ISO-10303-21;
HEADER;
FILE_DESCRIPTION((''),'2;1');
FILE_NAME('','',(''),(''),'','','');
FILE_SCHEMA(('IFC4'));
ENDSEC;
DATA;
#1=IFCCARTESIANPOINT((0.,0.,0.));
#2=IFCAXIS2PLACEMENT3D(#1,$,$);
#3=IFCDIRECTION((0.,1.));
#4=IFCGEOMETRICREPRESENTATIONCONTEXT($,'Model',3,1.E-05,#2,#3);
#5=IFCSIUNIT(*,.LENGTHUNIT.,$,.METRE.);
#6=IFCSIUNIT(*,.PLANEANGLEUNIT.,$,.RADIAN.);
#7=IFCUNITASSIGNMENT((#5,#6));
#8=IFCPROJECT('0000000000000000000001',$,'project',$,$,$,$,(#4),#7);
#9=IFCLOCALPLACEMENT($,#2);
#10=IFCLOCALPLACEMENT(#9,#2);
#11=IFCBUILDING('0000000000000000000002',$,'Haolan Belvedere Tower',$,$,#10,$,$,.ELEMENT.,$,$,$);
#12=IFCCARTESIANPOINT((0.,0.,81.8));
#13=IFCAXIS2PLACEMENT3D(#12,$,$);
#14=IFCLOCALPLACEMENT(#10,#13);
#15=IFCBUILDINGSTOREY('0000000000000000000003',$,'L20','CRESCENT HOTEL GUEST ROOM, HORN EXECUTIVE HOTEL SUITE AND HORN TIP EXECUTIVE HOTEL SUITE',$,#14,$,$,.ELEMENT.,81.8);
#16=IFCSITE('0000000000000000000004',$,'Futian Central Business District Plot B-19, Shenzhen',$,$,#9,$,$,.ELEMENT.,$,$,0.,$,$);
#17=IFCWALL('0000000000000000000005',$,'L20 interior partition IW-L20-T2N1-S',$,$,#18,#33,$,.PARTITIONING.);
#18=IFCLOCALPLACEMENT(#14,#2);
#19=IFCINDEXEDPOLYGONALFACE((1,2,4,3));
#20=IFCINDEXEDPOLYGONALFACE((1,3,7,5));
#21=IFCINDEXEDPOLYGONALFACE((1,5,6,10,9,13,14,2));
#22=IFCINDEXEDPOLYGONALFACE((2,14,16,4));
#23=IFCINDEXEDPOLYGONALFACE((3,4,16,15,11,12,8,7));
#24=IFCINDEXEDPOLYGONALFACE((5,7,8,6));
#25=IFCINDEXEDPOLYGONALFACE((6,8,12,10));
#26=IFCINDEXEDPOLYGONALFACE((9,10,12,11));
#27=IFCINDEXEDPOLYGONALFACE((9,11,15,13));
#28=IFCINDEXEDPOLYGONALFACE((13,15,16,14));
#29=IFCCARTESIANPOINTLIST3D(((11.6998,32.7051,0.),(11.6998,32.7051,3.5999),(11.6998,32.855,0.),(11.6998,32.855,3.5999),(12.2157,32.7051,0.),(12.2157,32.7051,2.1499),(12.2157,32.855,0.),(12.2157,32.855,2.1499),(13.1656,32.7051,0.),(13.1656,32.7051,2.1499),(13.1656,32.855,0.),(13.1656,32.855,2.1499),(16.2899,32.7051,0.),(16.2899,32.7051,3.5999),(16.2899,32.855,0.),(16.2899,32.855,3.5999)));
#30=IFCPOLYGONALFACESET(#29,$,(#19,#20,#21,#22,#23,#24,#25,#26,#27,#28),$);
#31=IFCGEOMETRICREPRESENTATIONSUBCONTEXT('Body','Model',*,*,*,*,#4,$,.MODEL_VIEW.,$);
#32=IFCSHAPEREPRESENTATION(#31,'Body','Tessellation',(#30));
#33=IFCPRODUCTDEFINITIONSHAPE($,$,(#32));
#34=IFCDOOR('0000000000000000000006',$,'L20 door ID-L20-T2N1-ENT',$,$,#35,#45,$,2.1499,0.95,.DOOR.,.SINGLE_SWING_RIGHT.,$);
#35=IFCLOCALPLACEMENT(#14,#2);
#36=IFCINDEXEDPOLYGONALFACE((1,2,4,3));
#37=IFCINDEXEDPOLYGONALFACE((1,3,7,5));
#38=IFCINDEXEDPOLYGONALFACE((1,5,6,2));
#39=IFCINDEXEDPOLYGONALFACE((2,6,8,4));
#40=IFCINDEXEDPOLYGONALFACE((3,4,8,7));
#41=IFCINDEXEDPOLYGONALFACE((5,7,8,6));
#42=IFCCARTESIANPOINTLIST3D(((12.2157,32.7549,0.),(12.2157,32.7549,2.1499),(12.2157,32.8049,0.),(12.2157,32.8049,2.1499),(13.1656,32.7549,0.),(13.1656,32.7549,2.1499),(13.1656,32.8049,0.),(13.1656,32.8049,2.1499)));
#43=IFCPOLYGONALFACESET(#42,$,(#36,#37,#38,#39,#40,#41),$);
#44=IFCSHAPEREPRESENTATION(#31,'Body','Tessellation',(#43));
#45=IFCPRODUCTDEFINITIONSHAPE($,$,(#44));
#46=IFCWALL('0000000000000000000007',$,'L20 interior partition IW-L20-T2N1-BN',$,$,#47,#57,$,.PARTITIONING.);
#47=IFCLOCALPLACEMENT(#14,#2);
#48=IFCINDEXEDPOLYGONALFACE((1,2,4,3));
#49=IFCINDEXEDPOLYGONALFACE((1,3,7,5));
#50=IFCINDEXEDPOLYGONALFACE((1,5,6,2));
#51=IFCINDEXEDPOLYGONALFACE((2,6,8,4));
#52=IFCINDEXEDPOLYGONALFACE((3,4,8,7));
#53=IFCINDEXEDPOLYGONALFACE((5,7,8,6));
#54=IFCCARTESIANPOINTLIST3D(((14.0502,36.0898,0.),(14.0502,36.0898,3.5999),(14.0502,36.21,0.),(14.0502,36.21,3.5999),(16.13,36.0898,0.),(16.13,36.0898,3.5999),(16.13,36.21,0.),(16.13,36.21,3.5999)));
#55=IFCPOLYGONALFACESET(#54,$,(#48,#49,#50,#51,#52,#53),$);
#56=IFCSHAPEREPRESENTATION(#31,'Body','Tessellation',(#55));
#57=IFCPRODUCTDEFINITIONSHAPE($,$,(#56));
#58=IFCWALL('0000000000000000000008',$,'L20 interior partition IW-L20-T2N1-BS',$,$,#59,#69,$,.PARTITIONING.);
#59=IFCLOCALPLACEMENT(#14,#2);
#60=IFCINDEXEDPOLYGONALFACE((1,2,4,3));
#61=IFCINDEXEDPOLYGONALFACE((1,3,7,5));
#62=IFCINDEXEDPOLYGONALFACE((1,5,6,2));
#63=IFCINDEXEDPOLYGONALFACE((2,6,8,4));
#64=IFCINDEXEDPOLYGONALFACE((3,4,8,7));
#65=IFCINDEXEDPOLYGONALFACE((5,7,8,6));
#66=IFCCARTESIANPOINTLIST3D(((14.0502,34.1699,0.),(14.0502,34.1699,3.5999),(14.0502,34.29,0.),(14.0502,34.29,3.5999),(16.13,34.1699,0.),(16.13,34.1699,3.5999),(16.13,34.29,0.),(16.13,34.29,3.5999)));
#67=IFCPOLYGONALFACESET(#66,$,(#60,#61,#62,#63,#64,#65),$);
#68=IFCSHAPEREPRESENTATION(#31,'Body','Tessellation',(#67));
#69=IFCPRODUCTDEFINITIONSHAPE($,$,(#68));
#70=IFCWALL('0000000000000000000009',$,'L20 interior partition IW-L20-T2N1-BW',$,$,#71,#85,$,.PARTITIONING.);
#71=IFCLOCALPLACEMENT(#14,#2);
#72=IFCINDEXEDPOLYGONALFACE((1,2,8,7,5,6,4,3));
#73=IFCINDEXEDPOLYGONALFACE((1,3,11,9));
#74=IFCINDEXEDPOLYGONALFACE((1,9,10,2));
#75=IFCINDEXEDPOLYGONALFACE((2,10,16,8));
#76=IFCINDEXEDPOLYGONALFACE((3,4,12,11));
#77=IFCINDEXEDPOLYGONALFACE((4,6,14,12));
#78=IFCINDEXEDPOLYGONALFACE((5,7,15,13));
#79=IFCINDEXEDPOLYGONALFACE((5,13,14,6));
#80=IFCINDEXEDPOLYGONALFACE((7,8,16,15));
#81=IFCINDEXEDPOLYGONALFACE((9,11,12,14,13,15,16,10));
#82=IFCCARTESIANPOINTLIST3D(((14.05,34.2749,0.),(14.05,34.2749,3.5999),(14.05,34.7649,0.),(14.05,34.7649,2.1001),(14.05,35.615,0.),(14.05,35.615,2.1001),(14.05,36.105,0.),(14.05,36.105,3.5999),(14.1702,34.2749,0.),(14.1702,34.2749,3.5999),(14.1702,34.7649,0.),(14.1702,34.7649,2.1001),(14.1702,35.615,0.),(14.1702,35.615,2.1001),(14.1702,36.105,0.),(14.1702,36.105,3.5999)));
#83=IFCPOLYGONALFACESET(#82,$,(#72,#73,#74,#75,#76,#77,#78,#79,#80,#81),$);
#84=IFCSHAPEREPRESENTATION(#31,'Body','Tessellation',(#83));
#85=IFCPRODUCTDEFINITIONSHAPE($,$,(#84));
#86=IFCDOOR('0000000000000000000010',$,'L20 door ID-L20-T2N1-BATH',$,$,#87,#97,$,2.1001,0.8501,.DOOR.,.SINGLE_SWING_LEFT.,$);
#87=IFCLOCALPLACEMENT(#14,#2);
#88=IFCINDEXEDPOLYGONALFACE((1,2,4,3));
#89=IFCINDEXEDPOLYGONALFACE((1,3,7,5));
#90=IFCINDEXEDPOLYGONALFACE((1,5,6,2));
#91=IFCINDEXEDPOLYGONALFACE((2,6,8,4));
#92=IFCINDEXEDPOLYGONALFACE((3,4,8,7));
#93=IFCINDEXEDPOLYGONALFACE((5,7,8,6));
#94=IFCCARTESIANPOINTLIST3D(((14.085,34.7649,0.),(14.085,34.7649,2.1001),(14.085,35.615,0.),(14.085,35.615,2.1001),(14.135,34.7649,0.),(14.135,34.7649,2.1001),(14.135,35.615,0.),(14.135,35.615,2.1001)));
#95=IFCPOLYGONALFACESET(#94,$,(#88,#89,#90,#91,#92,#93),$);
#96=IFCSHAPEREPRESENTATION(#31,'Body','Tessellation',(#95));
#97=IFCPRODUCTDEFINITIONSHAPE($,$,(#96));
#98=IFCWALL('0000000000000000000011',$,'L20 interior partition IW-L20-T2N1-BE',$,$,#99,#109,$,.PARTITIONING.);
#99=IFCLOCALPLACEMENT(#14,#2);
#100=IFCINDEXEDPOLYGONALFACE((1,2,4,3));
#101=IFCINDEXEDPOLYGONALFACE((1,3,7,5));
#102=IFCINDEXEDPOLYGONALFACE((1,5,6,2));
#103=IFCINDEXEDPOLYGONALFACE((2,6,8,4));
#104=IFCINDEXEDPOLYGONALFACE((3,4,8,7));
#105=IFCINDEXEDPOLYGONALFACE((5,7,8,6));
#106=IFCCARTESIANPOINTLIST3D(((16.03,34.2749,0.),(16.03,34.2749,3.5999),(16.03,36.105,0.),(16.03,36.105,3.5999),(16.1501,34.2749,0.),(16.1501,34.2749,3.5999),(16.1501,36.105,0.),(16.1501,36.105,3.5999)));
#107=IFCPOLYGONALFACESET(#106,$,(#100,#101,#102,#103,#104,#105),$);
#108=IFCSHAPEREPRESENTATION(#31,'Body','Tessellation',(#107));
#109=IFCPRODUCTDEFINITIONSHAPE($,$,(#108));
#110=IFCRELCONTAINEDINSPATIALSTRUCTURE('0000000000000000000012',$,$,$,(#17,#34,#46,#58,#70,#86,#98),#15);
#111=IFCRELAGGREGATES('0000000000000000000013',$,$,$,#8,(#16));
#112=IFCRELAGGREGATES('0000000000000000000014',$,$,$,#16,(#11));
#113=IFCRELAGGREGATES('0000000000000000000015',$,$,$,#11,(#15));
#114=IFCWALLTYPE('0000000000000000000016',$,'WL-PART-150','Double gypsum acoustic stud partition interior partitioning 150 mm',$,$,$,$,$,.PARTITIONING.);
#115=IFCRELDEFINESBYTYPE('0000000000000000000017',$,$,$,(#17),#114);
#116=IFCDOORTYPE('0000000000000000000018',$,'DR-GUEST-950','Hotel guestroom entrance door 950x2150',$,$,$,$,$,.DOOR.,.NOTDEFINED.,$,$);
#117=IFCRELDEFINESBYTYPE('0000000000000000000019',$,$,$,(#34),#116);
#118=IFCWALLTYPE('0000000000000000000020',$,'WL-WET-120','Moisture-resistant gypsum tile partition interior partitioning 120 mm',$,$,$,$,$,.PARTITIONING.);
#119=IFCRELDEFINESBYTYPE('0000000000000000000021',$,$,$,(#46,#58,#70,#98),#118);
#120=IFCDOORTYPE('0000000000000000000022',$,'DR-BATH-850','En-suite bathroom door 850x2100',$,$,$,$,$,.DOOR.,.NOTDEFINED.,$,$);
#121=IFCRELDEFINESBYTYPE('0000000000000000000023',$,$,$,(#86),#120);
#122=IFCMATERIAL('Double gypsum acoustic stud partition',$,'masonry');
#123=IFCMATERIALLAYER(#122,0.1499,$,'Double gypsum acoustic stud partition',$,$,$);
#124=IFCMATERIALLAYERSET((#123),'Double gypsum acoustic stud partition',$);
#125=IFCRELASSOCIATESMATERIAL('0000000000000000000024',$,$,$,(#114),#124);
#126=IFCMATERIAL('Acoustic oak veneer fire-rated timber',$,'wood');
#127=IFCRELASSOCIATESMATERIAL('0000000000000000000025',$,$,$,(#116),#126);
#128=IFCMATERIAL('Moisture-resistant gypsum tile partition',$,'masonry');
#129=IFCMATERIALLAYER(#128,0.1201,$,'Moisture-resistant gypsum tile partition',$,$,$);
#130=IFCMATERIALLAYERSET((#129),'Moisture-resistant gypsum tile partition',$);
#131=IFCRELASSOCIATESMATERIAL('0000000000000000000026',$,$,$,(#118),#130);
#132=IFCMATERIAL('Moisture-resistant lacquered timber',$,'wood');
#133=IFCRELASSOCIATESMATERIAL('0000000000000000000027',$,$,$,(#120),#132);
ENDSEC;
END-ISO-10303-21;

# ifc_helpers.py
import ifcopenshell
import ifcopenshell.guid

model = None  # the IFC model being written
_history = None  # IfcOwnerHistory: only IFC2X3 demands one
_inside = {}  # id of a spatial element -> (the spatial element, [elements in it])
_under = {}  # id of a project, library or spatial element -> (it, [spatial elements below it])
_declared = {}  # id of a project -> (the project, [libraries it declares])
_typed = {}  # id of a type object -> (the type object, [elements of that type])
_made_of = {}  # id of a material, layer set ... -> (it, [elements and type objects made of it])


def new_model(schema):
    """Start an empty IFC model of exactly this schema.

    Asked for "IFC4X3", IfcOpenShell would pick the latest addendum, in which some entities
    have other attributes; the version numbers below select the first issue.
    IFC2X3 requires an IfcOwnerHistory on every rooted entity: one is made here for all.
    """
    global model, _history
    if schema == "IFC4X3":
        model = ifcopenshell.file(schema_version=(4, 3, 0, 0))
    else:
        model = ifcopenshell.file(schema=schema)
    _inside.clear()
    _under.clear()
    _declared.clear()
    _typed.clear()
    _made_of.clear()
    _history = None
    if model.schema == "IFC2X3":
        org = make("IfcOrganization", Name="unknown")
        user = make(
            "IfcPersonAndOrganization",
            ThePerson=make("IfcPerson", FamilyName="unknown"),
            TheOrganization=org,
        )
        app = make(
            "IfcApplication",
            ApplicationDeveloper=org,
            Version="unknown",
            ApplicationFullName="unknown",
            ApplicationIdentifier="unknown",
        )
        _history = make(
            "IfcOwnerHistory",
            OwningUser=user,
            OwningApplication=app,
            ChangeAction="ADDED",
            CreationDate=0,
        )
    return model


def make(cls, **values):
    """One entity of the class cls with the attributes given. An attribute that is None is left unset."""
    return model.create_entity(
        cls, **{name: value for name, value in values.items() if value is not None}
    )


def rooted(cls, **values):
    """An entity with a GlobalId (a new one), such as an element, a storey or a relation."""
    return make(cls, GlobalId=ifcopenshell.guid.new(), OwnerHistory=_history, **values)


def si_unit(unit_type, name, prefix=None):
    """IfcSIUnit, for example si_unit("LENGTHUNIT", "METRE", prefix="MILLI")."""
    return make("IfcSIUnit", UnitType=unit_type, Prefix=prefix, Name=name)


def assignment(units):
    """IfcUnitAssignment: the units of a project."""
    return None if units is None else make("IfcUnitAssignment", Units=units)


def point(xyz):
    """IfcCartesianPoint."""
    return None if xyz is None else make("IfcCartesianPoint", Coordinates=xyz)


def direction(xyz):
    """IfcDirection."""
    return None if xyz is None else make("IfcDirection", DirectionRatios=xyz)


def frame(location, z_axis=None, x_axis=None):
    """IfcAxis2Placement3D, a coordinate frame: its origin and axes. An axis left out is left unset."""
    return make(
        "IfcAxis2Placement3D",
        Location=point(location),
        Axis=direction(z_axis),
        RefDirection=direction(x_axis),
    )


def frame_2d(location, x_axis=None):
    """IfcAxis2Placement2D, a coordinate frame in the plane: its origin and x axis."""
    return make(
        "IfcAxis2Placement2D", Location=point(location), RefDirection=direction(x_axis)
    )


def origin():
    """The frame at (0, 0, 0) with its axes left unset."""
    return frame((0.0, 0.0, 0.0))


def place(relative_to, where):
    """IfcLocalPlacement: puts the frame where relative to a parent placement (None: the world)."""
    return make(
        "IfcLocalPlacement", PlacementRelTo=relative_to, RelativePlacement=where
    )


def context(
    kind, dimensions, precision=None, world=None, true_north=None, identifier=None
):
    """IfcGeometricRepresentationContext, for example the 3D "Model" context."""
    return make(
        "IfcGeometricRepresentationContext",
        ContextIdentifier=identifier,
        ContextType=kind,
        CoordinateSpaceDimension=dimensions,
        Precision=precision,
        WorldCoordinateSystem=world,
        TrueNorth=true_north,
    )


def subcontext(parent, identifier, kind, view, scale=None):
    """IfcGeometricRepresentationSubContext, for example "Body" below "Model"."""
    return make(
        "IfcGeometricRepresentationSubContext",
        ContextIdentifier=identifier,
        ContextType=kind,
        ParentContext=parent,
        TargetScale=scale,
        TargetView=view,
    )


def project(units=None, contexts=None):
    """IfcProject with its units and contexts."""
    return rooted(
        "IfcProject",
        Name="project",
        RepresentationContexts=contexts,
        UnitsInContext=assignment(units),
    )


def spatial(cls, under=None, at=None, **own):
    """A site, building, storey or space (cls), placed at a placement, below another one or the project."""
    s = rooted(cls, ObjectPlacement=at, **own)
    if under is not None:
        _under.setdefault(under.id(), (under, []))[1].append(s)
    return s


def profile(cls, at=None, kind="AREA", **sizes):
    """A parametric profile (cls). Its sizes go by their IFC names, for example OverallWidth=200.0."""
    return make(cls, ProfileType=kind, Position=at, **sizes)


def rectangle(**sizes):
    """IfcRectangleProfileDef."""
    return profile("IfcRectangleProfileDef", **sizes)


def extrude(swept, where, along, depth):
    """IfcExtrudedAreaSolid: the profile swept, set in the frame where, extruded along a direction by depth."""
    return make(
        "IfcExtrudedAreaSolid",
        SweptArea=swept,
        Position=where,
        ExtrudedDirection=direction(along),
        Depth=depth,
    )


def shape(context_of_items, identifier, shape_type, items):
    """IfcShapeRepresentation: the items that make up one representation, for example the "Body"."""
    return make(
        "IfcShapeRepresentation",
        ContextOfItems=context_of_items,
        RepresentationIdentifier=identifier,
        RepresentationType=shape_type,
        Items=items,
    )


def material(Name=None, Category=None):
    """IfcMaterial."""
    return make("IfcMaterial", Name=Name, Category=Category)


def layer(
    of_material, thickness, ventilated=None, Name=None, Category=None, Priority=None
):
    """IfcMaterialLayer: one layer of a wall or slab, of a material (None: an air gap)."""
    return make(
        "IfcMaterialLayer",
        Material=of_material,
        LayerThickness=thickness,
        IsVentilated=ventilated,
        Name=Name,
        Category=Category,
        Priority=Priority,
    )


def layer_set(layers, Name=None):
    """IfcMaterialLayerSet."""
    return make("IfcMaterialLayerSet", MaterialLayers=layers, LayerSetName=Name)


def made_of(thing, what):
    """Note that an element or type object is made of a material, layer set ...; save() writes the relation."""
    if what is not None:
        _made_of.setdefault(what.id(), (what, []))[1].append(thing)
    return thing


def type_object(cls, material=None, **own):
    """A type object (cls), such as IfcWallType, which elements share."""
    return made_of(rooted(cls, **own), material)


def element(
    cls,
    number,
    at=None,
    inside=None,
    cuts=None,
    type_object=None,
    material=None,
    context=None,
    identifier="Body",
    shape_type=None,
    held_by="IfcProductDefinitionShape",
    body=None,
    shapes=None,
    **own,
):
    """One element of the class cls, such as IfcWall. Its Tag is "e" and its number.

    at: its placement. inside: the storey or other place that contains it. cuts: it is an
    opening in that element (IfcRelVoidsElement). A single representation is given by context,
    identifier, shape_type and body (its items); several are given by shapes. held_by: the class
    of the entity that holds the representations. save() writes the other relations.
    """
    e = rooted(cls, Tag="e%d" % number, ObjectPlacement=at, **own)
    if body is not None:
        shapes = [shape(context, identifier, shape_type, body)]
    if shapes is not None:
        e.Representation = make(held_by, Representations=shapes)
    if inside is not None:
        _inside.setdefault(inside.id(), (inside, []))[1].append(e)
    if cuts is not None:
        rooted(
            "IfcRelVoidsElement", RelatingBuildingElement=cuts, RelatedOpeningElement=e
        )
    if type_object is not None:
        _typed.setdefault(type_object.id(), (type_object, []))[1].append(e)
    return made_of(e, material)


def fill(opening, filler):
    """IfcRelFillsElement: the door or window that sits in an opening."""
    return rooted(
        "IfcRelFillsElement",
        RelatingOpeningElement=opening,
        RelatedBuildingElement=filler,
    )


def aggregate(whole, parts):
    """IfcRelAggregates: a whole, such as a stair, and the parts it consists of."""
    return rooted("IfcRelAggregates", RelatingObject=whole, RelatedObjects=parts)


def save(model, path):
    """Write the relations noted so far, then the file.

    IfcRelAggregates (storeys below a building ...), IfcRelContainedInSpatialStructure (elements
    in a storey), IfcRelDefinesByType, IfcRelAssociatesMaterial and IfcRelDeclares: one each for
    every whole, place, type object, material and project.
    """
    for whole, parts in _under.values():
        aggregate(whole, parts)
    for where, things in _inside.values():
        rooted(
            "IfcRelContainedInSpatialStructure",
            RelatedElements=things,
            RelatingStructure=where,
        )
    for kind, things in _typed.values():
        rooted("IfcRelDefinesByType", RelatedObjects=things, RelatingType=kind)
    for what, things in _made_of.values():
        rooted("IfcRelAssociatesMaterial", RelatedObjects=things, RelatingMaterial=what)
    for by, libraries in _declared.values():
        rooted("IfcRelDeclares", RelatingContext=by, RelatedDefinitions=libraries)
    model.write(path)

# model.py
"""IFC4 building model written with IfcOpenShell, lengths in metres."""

from ifc_helpers import new_model, si_unit, direction, frame, frame_2d, origin, place, context, subcontext, project, spatial, rectangle, extrude, material, layer, layer_set, type_object, element, fill, save


model = new_model("IFC4")

# Units and contexts
model_context = context("Model", 3, precision=1e-05, world=origin(), true_north=direction((0.0, 1.0)))
body_context = subcontext(model_context, "Body", "Model", "MODEL_VIEW")
ifc_project = project(units=[si_unit("LENGTHUNIT", "METRE"), si_unit("PLANEANGLEUNIT", "RADIAN")], contexts=[model_context])

# Site, building, storey
site_placement = place(None, origin())
site = spatial("IfcSite", under=ifc_project, at=site_placement, Name="Futian Central Business District Plot B-19, Shenzhen", CompositionType="ELEMENT", RefElevation=0.0)
building_placement = place(site_placement, origin())
building = spatial("IfcBuilding", under=site, at=building_placement, Name="Haolan Belvedere Tower", CompositionType="ELEMENT")
storey_placement = place(building_placement, frame((0.0, 0.0, 81.8)))
storey = spatial("IfcBuildingStorey", under=building, at=storey_placement, Name="L20", Description="CRESCENT HOTEL GUEST ROOM, HORN EXECUTIVE HOTEL SUITE AND HORN TIP EXECUTIVE HOTEL SUITE", CompositionType="ELEMENT", Elevation=81.8)

# Wall, opening, door
ifc_material_1 = material(Name="Double gypsum acoustic stud partition", Category="masonry")
ifc_layer_1 = layer(ifc_material_1, 0.1499, Name="Double gypsum acoustic stud partition")
ifc_layer_set_1 = layer_set([ifc_layer_1], Name="Double gypsum acoustic stud partition")
wall_type_1 = type_object("IfcWallType", Name="WL-PART-150", Description="Double gypsum acoustic stud partition interior partitioning 150 mm", PredefinedType="PARTITIONING", material=ifc_layer_set_1)
wall_1_placement = place(storey_placement, frame((11.7, 32.78, 0.0), z_axis=(0.0, 0.0, 1.0), x_axis=(1.0, 0.0, 0.0)))
wall_1 = element("IfcWall", 1, at=wall_1_placement, inside=storey, type_object=wall_type_1, Name="L20 interior partition IW-L20-T2N1-S", PredefinedType="PARTITIONING", context=body_context, shape_type="SweptSolid", body=[
    extrude(rectangle(XDim=4.5901, YDim=0.1499, at=frame_2d((2.2949, 0.0))), origin(), (0.0, 0.0, 1.0), 3.5999),
])
opening_1_placement = place(wall_1_placement, frame((0.5156, 0.0, 0.0)))
opening_1 = element("IfcOpeningElement", 2, at=opening_1_placement, cuts=wall_1, PredefinedType="OPENING", context=body_context, shape_type="SweptSolid", body=[
    extrude(rectangle(XDim=0.95, YDim=2.1499, at=frame_2d((0.4751, 1.075))), frame((0.0, 0.085, 0.0), z_axis=(0.0, -1.0, 0.0), x_axis=(1.0, 0.0, 0.0)), (0.0, 0.0, 1.0), 0.1699),
])
ifc_material_2 = material(Name="Acoustic oak veneer fire-rated timber", Category="wood")
door_type_1 = type_object("IfcDoorType", Name="DR-GUEST-950", Description="Hotel guestroom entrance door 950x2150", OperationType="NOTDEFINED", PredefinedType="DOOR", material=ifc_material_2)
door_1_placement = place(opening_1_placement, origin())
door_1 = element("IfcDoor", 3, at=door_1_placement, inside=storey, type_object=door_type_1, Name="L20 door ID-L20-T2N1-ENT", OperationType="SINGLE_SWING_RIGHT", OverallHeight=2.1499, OverallWidth=0.95, PredefinedType="DOOR", context=body_context, shape_type="SweptSolid", body=[
    extrude(rectangle(XDim=0.95, YDim=2.1499, at=frame_2d((0.4751, 1.075))), frame((0.0, 0.0249, 0.0), z_axis=(0.0, -1.0, 0.0), x_axis=(1.0, 0.0, 0.0)), (0.0, 0.0, 1.0), 0.05),
])
fill(opening_1, door_1)

# Walls
ifc_material_3 = material(Name="Moisture-resistant gypsum tile partition", Category="masonry")
ifc_layer_2 = layer(ifc_material_3, 0.1201, Name="Moisture-resistant gypsum tile partition")
ifc_layer_set_2 = layer_set([ifc_layer_2], Name="Moisture-resistant gypsum tile partition")
wall_type_2 = type_object("IfcWallType", Name="WL-WET-120", Description="Moisture-resistant gypsum tile partition interior partitioning 120 mm", PredefinedType="PARTITIONING", material=ifc_layer_set_2)
for number, where, z_axis, x_axis, name in (
    (4, (14.05, 36.1499, 0.0), (0.0, 0.0, 1.0), (1.0, 0.0, 0.0), "L20 interior partition IW-L20-T2N1-BN"),
    (5, (14.05, 34.23, 0.0), (0.0, 0.0, 1.0), (1.0, 0.0, 0.0), "L20 interior partition IW-L20-T2N1-BS"),
):
    element("IfcWall", number, at=place(storey_placement, frame(where, z_axis=z_axis, x_axis=x_axis)), inside=storey, type_object=wall_type_2, Name=name, PredefinedType="PARTITIONING", context=body_context, shape_type="SweptSolid", body=[
        extrude(rectangle(XDim=2.0798, YDim=0.1201, at=frame_2d((1.04, 0.0))), origin(), (0.0, 0.0, 1.0), 3.5999),
    ])

# Wall, opening, door
wall_2_placement = place(storey_placement, frame((14.1101, 34.2749, 0.0), z_axis=(0.0, 0.0, 1.0), x_axis=(0.0, 1.0, 0.0)))
wall_2 = element("IfcWall", 6, at=wall_2_placement, inside=storey, type_object=wall_type_2, Name="L20 interior partition IW-L20-T2N1-BW", PredefinedType="PARTITIONING", context=body_context, shape_type="SweptSolid", body=[
    extrude(rectangle(XDim=1.8301, YDim=0.1201, at=frame_2d((0.915, 0.0))), origin(), (0.0, 0.0, 1.0), 3.5999),
])
opening_2_placement = place(wall_2_placement, frame((1.3401, 0.0, 0.0), z_axis=(0.0, 0.0, 1.0), x_axis=(-1.0, 0.0, 0.0)))
opening_2 = element("IfcOpeningElement", 7, at=opening_2_placement, cuts=wall_2, PredefinedType="OPENING", context=body_context, shape_type="SweptSolid", body=[
    extrude(rectangle(XDim=0.8501, YDim=2.1001, at=frame_2d((0.425, 1.05))), frame((0.0, 0.0701, 0.0), z_axis=(0.0, -1.0, 0.0), x_axis=(1.0, 0.0, 0.0)), (0.0, 0.0, 1.0), 0.1401),
])
ifc_material_4 = material(Name="Moisture-resistant lacquered timber", Category="wood")
door_type_2 = type_object("IfcDoorType", Name="DR-BATH-850", Description="En-suite bathroom door 850x2100", OperationType="NOTDEFINED", PredefinedType="DOOR", material=ifc_material_4)
door_2_placement = place(opening_2_placement, origin())
door_2 = element("IfcDoor", 8, at=door_2_placement, inside=storey, type_object=door_type_2, Name="L20 door ID-L20-T2N1-BATH", OperationType="SINGLE_SWING_LEFT", OverallHeight=2.1001, OverallWidth=0.8501, PredefinedType="DOOR", context=body_context, shape_type="SweptSolid", body=[
    extrude(rectangle(XDim=0.8501, YDim=2.1001, at=frame_2d((0.425, 1.05))), frame((0.0, 0.0249, 0.0), z_axis=(0.0, -1.0, 0.0), x_axis=(1.0, 0.0, 0.0)), (0.0, 0.0, 1.0), 0.05),
])
fill(opening_2, door_2)

# Wall
wall_3_placement = place(storey_placement, frame((16.0901, 34.2749, 0.0), z_axis=(0.0, 0.0, 1.0), x_axis=(0.0, 1.0, 0.0)))
element("IfcWall", 9, at=wall_3_placement, inside=storey, type_object=wall_type_2, Name="L20 interior partition IW-L20-T2N1-BE", PredefinedType="PARTITIONING", context=body_context, shape_type="SweptSolid", body=[
    extrude(rectangle(XDim=1.8301, YDim=0.1201, at=frame_2d((0.915, 0.0))), origin(), (0.0, 0.0, 1.0), 3.5999),
])

save(model, "model.ifc")
